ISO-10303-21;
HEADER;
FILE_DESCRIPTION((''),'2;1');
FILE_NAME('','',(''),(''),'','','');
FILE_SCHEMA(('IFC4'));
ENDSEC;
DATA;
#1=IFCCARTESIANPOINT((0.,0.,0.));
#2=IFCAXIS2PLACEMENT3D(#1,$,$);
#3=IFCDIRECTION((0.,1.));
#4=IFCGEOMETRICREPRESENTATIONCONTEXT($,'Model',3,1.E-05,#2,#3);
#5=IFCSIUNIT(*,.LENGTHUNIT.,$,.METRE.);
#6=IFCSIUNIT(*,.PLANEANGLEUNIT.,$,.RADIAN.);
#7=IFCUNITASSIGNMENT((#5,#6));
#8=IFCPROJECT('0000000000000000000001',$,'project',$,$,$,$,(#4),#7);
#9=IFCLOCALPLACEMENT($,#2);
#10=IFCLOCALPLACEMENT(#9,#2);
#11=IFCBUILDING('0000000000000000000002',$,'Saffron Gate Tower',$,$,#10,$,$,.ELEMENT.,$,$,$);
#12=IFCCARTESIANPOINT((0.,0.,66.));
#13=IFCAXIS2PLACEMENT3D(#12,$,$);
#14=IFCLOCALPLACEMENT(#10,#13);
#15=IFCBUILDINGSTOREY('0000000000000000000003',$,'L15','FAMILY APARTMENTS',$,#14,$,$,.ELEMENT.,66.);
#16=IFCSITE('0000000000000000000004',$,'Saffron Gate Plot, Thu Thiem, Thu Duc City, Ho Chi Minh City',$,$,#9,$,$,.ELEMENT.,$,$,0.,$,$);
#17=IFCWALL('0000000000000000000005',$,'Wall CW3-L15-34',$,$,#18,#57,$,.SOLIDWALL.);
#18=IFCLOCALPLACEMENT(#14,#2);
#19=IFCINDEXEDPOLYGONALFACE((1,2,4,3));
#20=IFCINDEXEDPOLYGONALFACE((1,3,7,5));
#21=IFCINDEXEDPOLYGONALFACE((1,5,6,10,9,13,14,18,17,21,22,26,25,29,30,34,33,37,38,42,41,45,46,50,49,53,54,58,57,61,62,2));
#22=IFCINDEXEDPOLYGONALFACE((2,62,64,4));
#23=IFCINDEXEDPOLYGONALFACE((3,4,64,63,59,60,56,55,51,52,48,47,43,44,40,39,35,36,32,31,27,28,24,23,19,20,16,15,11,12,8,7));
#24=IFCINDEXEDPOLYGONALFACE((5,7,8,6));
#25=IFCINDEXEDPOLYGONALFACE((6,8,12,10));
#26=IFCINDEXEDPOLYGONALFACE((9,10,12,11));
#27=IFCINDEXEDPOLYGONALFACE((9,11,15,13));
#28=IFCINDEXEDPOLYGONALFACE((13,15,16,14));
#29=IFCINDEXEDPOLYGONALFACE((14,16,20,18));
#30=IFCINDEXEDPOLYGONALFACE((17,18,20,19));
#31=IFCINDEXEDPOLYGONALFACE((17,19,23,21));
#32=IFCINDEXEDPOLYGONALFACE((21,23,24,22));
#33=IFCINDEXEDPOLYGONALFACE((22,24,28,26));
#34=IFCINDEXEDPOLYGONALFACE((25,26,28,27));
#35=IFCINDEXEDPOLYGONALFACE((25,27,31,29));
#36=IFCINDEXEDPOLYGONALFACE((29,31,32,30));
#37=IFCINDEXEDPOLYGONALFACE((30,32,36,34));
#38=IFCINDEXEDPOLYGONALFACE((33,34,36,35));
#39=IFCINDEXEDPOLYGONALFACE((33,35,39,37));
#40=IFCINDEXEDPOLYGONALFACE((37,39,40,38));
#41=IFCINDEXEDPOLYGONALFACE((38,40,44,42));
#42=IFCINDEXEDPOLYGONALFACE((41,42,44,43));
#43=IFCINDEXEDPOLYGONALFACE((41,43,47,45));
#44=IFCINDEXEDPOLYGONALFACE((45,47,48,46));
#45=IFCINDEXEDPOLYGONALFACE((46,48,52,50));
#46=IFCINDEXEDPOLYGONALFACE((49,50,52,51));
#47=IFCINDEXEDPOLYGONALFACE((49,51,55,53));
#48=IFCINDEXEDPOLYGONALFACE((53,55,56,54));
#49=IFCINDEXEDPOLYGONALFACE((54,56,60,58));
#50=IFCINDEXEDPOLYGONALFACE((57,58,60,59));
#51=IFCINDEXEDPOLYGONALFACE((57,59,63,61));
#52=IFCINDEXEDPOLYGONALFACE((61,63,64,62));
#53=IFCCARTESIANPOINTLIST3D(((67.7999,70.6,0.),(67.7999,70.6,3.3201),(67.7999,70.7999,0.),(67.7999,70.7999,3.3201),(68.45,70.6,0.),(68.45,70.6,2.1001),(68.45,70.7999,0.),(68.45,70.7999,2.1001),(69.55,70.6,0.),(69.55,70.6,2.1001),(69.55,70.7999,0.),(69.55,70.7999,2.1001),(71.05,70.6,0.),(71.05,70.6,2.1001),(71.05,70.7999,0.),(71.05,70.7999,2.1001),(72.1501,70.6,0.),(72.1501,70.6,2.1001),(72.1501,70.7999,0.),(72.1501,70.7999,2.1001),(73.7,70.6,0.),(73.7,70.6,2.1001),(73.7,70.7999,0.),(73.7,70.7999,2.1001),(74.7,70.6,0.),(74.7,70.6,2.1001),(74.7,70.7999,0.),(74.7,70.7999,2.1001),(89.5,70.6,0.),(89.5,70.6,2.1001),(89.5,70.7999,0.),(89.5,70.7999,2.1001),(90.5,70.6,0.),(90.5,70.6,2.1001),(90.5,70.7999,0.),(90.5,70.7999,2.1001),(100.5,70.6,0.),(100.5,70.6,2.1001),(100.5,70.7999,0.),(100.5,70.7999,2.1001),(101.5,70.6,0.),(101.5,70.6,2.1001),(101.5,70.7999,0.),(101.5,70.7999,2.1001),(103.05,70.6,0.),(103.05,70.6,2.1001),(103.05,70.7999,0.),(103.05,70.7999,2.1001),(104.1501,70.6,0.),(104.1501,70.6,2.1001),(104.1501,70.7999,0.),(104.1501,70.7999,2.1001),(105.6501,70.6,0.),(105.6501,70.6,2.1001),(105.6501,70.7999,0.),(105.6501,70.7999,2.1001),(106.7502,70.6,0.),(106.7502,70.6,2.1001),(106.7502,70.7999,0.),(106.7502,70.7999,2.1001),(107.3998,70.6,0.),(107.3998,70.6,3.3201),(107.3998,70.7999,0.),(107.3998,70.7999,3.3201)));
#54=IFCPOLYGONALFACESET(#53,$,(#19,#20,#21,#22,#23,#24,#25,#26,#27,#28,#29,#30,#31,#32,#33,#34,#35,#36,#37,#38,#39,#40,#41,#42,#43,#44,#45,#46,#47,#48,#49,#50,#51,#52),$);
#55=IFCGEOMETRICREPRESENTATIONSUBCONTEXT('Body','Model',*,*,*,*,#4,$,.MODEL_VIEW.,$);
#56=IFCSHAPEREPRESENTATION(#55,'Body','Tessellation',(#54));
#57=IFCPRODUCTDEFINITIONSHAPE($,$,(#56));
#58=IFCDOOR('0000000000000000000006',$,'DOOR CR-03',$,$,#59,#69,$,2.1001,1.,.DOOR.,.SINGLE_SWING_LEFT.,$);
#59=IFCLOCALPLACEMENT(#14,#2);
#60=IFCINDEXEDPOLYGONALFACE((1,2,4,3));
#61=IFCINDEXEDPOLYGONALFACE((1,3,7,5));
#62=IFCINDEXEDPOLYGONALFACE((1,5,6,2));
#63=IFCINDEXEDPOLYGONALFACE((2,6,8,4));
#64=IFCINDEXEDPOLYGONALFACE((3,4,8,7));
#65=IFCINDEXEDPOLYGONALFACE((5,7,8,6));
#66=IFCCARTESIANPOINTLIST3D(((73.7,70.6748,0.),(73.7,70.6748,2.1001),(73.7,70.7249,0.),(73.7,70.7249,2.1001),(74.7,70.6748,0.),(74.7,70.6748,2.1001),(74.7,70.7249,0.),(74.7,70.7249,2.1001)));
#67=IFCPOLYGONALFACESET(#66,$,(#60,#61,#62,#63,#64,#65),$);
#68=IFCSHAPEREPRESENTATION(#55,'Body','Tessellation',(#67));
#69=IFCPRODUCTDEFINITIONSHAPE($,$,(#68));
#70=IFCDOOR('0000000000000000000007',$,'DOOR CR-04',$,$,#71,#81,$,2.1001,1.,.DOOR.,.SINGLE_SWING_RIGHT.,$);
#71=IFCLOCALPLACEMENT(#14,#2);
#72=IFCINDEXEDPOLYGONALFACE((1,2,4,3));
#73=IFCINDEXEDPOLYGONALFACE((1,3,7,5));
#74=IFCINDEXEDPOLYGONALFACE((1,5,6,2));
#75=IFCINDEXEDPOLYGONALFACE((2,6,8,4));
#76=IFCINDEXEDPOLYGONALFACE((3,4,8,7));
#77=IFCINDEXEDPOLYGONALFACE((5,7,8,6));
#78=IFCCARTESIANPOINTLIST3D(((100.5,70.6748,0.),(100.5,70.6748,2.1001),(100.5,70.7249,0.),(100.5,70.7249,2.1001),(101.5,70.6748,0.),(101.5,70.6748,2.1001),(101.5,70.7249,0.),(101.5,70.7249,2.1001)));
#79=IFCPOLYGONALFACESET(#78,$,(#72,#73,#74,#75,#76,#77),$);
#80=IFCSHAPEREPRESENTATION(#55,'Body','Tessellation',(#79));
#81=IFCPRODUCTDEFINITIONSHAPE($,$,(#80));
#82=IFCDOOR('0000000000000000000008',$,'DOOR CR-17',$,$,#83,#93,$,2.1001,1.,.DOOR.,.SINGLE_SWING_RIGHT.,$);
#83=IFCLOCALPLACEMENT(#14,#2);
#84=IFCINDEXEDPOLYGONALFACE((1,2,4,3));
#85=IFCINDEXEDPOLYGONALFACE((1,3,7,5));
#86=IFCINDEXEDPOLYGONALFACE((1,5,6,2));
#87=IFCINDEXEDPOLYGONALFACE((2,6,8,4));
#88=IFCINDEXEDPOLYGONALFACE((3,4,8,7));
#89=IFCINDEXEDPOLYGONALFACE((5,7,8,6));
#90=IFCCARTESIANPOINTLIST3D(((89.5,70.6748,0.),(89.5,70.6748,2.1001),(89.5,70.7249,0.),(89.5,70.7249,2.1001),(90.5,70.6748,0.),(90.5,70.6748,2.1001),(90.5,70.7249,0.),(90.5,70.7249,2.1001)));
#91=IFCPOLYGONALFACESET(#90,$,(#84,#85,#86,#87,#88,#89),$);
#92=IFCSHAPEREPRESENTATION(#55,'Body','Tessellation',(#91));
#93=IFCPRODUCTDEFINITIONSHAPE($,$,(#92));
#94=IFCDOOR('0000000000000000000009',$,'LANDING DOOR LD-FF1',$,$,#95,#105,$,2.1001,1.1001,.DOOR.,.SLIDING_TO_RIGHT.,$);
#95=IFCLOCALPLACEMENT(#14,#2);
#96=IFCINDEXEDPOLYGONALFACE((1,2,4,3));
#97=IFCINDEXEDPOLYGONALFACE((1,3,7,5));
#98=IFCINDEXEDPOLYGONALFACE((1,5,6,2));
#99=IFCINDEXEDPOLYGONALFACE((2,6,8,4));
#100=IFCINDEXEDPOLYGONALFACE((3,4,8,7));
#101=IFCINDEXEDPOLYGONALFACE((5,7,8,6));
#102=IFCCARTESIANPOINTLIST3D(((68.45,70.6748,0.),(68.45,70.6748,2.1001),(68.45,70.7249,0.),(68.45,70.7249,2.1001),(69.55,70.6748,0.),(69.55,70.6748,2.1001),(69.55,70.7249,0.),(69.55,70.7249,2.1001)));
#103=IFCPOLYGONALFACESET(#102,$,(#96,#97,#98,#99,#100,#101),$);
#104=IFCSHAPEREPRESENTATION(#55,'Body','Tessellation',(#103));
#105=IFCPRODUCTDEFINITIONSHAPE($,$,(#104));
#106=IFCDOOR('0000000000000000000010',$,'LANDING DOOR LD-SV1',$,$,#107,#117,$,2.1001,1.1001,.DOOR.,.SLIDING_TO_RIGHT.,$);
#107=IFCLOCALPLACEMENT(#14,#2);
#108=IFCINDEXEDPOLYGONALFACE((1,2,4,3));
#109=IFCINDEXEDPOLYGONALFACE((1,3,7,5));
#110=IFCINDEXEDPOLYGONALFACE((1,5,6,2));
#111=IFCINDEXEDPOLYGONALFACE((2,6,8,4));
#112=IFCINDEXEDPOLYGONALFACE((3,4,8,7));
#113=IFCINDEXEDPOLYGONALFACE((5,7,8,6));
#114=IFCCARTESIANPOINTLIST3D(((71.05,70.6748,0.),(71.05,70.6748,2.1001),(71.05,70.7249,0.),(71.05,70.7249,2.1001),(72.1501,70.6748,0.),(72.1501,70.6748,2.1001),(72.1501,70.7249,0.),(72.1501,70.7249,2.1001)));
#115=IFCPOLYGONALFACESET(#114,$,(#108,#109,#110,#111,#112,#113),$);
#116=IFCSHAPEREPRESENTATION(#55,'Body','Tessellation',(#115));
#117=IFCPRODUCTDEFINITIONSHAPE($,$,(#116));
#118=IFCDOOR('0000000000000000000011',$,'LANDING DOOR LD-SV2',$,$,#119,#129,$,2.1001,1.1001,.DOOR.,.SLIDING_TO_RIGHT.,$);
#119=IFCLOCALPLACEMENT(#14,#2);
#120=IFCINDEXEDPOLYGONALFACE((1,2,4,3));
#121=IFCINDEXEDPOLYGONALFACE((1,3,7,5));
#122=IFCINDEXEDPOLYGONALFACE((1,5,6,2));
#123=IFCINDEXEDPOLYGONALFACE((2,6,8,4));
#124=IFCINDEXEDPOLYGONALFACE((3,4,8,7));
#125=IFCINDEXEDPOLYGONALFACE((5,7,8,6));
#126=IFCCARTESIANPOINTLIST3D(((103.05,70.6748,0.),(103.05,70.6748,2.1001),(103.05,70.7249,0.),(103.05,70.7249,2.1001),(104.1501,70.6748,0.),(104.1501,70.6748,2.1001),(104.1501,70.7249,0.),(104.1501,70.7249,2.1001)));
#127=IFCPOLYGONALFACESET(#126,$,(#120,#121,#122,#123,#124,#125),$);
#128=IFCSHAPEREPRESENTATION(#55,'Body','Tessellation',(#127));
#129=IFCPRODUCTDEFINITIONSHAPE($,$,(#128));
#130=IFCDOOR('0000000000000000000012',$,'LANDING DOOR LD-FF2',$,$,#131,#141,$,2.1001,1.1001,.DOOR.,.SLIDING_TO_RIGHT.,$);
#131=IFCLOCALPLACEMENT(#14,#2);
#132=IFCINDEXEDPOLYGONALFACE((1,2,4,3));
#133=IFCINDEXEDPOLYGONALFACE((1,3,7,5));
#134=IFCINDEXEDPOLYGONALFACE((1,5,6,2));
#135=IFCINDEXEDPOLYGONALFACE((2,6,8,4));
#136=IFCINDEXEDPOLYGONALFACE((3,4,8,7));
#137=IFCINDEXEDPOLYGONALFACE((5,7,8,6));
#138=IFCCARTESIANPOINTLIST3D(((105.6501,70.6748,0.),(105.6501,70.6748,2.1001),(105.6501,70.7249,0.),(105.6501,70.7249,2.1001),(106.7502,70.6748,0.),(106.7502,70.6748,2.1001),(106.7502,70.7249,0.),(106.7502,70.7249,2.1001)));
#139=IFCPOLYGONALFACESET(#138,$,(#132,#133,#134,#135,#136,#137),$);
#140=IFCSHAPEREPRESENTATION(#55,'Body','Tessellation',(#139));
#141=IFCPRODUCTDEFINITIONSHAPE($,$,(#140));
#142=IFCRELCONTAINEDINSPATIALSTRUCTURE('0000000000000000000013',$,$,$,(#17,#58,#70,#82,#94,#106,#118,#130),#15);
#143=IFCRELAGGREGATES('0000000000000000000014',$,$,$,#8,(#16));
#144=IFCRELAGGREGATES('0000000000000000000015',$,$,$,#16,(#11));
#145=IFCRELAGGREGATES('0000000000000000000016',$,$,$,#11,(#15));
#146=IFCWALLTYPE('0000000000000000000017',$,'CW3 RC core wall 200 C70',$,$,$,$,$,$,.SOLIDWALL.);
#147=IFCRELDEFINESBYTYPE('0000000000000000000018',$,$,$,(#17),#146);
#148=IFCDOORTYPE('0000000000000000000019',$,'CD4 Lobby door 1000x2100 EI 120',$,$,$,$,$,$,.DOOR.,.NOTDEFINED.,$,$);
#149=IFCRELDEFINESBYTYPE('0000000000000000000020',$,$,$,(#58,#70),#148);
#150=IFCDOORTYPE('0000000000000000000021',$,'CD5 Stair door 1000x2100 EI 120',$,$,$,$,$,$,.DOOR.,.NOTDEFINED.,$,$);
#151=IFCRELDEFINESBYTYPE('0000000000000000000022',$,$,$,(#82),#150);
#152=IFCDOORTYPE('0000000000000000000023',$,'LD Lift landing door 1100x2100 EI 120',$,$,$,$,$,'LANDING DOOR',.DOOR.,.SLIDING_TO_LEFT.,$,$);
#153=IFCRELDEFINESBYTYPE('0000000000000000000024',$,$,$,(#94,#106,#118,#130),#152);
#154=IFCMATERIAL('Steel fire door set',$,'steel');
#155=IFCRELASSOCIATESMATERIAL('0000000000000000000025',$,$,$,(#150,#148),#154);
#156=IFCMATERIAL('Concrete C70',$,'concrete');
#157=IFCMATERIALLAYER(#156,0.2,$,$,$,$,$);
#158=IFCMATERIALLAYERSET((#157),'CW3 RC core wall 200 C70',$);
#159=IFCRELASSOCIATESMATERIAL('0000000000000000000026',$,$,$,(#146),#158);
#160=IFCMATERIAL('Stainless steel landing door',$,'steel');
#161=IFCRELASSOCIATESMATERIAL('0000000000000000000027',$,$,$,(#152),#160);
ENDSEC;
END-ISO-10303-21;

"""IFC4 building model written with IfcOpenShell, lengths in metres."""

from ifc_helpers import new_model, si_unit, direction, frame, frame_2d, origin, place, context, subcontext, project, spatial, rectangle, extrude, material, layer, layer_set, type_object, element, fill, save


model = new_model("IFC4")

# Units and contexts
model_context = context("Model", 3, precision=1e-05, world=origin(), true_north=direction((0.0, 1.0)))
body_context = subcontext(model_context, "Body", "Model", "MODEL_VIEW")
ifc_project = project(units=[si_unit("LENGTHUNIT", "METRE"), si_unit("PLANEANGLEUNIT", "RADIAN")], contexts=[model_context])

# Site, building, storey
site_placement = place(None, origin())
site = spatial("IfcSite", under=ifc_project, at=site_placement, Name="Saffron Gate Plot, Thu Thiem, Thu Duc City, Ho Chi Minh City", CompositionType="ELEMENT", RefElevation=0.0)
building_placement = place(site_placement, origin())
building = spatial("IfcBuilding", under=site, at=building_placement, Name="Saffron Gate Tower", CompositionType="ELEMENT")
storey_placement = place(building_placement, frame((0.0, 0.0, 66.0)))
storey = spatial("IfcBuildingStorey", under=building, at=storey_placement, Name="L15", Description="FAMILY APARTMENTS", CompositionType="ELEMENT", Elevation=66.0)

# Wall, openings, doors
ifc_material_1 = material(Name="Concrete C70", Category="concrete")
ifc_material_2 = material(Name="Steel fire door set", Category="steel")
door_type_1 = type_object("IfcDoorType", Name="CD5 Stair door 1000x2100 EI 120", OperationType="NOTDEFINED", PredefinedType="DOOR", material=ifc_material_2)
ifc_layer_1 = layer(ifc_material_1, 0.2)
ifc_layer_set_1 = layer_set([ifc_layer_1], Name="CW3 RC core wall 200 C70")
wall_type_1 = type_object("IfcWallType", Name="CW3 RC core wall 200 C70", PredefinedType="SOLIDWALL", material=ifc_layer_set_1)
wall_1_placement = place(storey_placement, frame((67.8, 70.7, 0.0), z_axis=(0.0, 0.0, 1.0), x_axis=(1.0, 0.0, 0.0)))
wall_1 = element("IfcWall", 1, at=wall_1_placement, inside=storey, type_object=wall_type_1, Name="Wall CW3-L15-34", PredefinedType="SOLIDWALL", context=body_context, shape_type="SweptSolid", body=[
    extrude(rectangle(XDim=39.5999, YDim=0.2, at=frame_2d((19.7998, 0.0))), origin(), (0.0, 0.0, 1.0), 3.3201),
])
opening_1_placement = place(wall_1_placement, frame((0.6499, 0.0, 0.0)))
opening_1 = element("IfcOpeningElement", 2, at=opening_1_placement, cuts=wall_1, PredefinedType="OPENING", context=body_context, shape_type="SweptSolid", body=[
    extrude(rectangle(XDim=1.1001, YDim=2.1001, at=frame_2d((0.55, 1.05))), frame((0.0, 0.1099, 0.0), z_axis=(0.0, -1.0, 0.0), x_axis=(1.0, 0.0, 0.0)), (0.0, 0.0, 1.0), 0.22),
])
opening_2_placement = place(wall_1_placement, frame((3.25, 0.0, 0.0)))
opening_2 = element("IfcOpeningElement", 3, at=opening_2_placement, cuts=wall_1, PredefinedType="OPENING", context=body_context, shape_type="SweptSolid", body=[
    extrude(rectangle(XDim=1.1001, YDim=2.1001, at=frame_2d((0.55, 1.05))), frame((0.0, 0.1099, 0.0), z_axis=(0.0, -1.0, 0.0), x_axis=(1.0, 0.0, 0.0)), (0.0, 0.0, 1.0), 0.22),
])
opening_3_placement = place(wall_1_placement, frame((5.8999, 0.0, 0.0)))
opening_3 = element("IfcOpeningElement", 4, at=opening_3_placement, cuts=wall_1, PredefinedType="OPENING", context=body_context, shape_type="SweptSolid", body=[
    extrude(rectangle(XDim=1.0, YDim=2.1001, at=frame_2d((0.5, 1.05))), frame((0.0, 0.1099, 0.0), z_axis=(0.0, -1.0, 0.0), x_axis=(1.0, 0.0, 0.0)), (0.0, 0.0, 1.0), 0.22),
])
opening_4_placement = place(wall_1_placement, frame((21.7, 0.0, 0.0)))
opening_4 = element("IfcOpeningElement", 5, at=opening_4_placement, cuts=wall_1, PredefinedType="OPENING", context=body_context, shape_type="SweptSolid", body=[
    extrude(rectangle(XDim=1.0, YDim=2.1001, at=frame_2d((0.5, 1.05))), frame((0.0, 0.1099, 0.0), z_axis=(0.0, -1.0, 0.0), x_axis=(1.0, 0.0, 0.0)), (0.0, 0.0, 1.0), 0.22),
])
opening_5_placement = place(wall_1_placement, frame((32.7, 0.0, 0.0)))
opening_5 = element("IfcOpeningElement", 6, at=opening_5_placement, cuts=wall_1, PredefinedType="OPENING", context=body_context, shape_type="SweptSolid", body=[
    extrude(rectangle(XDim=1.0, YDim=2.1001, at=frame_2d((0.5, 1.05))), frame((0.0, 0.1099, 0.0), z_axis=(0.0, -1.0, 0.0), x_axis=(1.0, 0.0, 0.0)), (0.0, 0.0, 1.0), 0.22),
])
opening_6_placement = place(wall_1_placement, frame((35.25, 0.0, 0.0)))
opening_6 = element("IfcOpeningElement", 7, at=opening_6_placement, cuts=wall_1, PredefinedType="OPENING", context=body_context, shape_type="SweptSolid", body=[
    extrude(rectangle(XDim=1.1001, YDim=2.1001, at=frame_2d((0.55, 1.05))), frame((0.0, 0.1099, 0.0), z_axis=(0.0, -1.0, 0.0), x_axis=(1.0, 0.0, 0.0)), (0.0, 0.0, 1.0), 0.22),
])
opening_7_placement = place(wall_1_placement, frame((37.8501, 0.0, 0.0)))
opening_7 = element("IfcOpeningElement", 8, at=opening_7_placement, cuts=wall_1, PredefinedType="OPENING", context=body_context, shape_type="SweptSolid", body=[
    extrude(rectangle(XDim=1.1001, YDim=2.1001, at=frame_2d((0.55, 1.05))), frame((0.0, 0.1099, 0.0), z_axis=(0.0, -1.0, 0.0), x_axis=(1.0, 0.0, 0.0)), (0.0, 0.0, 1.0), 0.22),
])
door_type_2 = type_object("IfcDoorType", Name="CD4 Lobby door 1000x2100 EI 120", OperationType="NOTDEFINED", PredefinedType="DOOR", material=ifc_material_2)
door_1_placement = place(opening_3_placement, origin())
door_1 = element("IfcDoor", 9, at=door_1_placement, inside=storey, type_object=door_type_2, Name="DOOR CR-03", OperationType="SINGLE_SWING_LEFT", OverallHeight=2.1001, OverallWidth=1.0, PredefinedType="DOOR", context=body_context, shape_type="SweptSolid", body=[
    extrude(rectangle(XDim=1.0, YDim=2.1001, at=frame_2d((0.5, 1.05))), frame((0.0, 0.0249, 0.0), z_axis=(0.0, -1.0, 0.0), x_axis=(1.0, 0.0, 0.0)), (0.0, 0.0, 1.0), 0.05),
])
fill(opening_3, door_1)
door_2_placement = place(opening_5_placement, origin())
door_2 = element("IfcDoor", 10, at=door_2_placement, inside=storey, type_object=door_type_2, Name="DOOR CR-04", OperationType="SINGLE_SWING_RIGHT", OverallHeight=2.1001, OverallWidth=1.0, PredefinedType="DOOR", context=body_context, shape_type="SweptSolid", body=[
    extrude(rectangle(XDim=1.0, YDim=2.1001, at=frame_2d((0.5, 1.05))), frame((0.0, 0.0249, 0.0), z_axis=(0.0, -1.0, 0.0), x_axis=(1.0, 0.0, 0.0)), (0.0, 0.0, 1.0), 0.05),
])
fill(opening_5, door_2)
door_3_placement = place(opening_4_placement, origin())
door_3 = element("IfcDoor", 11, at=door_3_placement, inside=storey, type_object=door_type_1, Name="DOOR CR-17", OperationType="SINGLE_SWING_RIGHT", OverallHeight=2.1001, OverallWidth=1.0, PredefinedType="DOOR", context=body_context, shape_type="SweptSolid", body=[
    extrude(rectangle(XDim=1.0, YDim=2.1001, at=frame_2d((0.5, 1.05))), frame((0.0, 0.0249, 0.0), z_axis=(0.0, -1.0, 0.0), x_axis=(1.0, 0.0, 0.0)), (0.0, 0.0, 1.0), 0.05),
])
fill(opening_4, door_3)
ifc_material_3 = material(Name="Stainless steel landing door", Category="steel")
door_type_3 = type_object("IfcDoorType", Name="LD Lift landing door 1100x2100 EI 120", ElementType="LANDING DOOR", OperationType="SLIDING_TO_LEFT", PredefinedType="DOOR", material=ifc_material_3)
door_4_placement = place(opening_1_placement, origin())
door_4 = element("IfcDoor", 12, at=door_4_placement, inside=storey, type_object=door_type_3, Name="LANDING DOOR LD-FF1", OperationType="SLIDING_TO_RIGHT", OverallHeight=2.1001, OverallWidth=1.1001, PredefinedType="DOOR", context=body_context, shape_type="SweptSolid", body=[
    extrude(rectangle(XDim=1.1001, YDim=2.1001, at=frame_2d((0.55, 1.05))), frame((0.0, 0.0249, 0.0), z_axis=(0.0, -1.0, 0.0), x_axis=(1.0, 0.0, 0.0)), (0.0, 0.0, 1.0), 0.05),
])
fill(opening_1, door_4)
door_5_placement = place(opening_2_placement, origin())
door_5 = element("IfcDoor", 13, at=door_5_placement, inside=storey, type_object=door_type_3, Name="LANDING DOOR LD-SV1", OperationType="SLIDING_TO_RIGHT", OverallHeight=2.1001, OverallWidth=1.1001, PredefinedType="DOOR", context=body_context, shape_type="SweptSolid", body=[
    extrude(rectangle(XDim=1.1001, YDim=2.1001, at=frame_2d((0.55, 1.05))), frame((0.0, 0.0249, 0.0), z_axis=(0.0, -1.0, 0.0), x_axis=(1.0, 0.0, 0.0)), (0.0, 0.0, 1.0), 0.05),
])
fill(opening_2, door_5)
door_6_placement = place(opening_6_placement, origin())
door_6 = element("IfcDoor", 14, at=door_6_placement, inside=storey, type_object=door_type_3, Name="LANDING DOOR LD-SV2", OperationType="SLIDING_TO_RIGHT", OverallHeight=2.1001, OverallWidth=1.1001, PredefinedType="DOOR", context=body_context, shape_type="SweptSolid", body=[
    extrude(rectangle(XDim=1.1001, YDim=2.1001, at=frame_2d((0.55, 1.05))), frame((0.0, 0.0249, 0.0), z_axis=(0.0, -1.0, 0.0), x_axis=(1.0, 0.0, 0.0)), (0.0, 0.0, 1.0), 0.05),
])
fill(opening_6, door_6)
door_7_placement = place(opening_7_placement, origin())
door_7 = element("IfcDoor", 15, at=door_7_placement, inside=storey, type_object=door_type_3, Name="LANDING DOOR LD-FF2", OperationType="SLIDING_TO_RIGHT", OverallHeight=2.1001, OverallWidth=1.1001, PredefinedType="DOOR", context=body_context, shape_type="SweptSolid", body=[
    extrude(rectangle(XDim=1.1001, YDim=2.1001, at=frame_2d((0.55, 1.05))), frame((0.0, 0.0249, 0.0), z_axis=(0.0, -1.0, 0.0), x_axis=(1.0, 0.0, 0.0)), (0.0, 0.0, 1.0), 0.05),
])
fill(opening_7, door_7)

save(model, "model.ifc")
